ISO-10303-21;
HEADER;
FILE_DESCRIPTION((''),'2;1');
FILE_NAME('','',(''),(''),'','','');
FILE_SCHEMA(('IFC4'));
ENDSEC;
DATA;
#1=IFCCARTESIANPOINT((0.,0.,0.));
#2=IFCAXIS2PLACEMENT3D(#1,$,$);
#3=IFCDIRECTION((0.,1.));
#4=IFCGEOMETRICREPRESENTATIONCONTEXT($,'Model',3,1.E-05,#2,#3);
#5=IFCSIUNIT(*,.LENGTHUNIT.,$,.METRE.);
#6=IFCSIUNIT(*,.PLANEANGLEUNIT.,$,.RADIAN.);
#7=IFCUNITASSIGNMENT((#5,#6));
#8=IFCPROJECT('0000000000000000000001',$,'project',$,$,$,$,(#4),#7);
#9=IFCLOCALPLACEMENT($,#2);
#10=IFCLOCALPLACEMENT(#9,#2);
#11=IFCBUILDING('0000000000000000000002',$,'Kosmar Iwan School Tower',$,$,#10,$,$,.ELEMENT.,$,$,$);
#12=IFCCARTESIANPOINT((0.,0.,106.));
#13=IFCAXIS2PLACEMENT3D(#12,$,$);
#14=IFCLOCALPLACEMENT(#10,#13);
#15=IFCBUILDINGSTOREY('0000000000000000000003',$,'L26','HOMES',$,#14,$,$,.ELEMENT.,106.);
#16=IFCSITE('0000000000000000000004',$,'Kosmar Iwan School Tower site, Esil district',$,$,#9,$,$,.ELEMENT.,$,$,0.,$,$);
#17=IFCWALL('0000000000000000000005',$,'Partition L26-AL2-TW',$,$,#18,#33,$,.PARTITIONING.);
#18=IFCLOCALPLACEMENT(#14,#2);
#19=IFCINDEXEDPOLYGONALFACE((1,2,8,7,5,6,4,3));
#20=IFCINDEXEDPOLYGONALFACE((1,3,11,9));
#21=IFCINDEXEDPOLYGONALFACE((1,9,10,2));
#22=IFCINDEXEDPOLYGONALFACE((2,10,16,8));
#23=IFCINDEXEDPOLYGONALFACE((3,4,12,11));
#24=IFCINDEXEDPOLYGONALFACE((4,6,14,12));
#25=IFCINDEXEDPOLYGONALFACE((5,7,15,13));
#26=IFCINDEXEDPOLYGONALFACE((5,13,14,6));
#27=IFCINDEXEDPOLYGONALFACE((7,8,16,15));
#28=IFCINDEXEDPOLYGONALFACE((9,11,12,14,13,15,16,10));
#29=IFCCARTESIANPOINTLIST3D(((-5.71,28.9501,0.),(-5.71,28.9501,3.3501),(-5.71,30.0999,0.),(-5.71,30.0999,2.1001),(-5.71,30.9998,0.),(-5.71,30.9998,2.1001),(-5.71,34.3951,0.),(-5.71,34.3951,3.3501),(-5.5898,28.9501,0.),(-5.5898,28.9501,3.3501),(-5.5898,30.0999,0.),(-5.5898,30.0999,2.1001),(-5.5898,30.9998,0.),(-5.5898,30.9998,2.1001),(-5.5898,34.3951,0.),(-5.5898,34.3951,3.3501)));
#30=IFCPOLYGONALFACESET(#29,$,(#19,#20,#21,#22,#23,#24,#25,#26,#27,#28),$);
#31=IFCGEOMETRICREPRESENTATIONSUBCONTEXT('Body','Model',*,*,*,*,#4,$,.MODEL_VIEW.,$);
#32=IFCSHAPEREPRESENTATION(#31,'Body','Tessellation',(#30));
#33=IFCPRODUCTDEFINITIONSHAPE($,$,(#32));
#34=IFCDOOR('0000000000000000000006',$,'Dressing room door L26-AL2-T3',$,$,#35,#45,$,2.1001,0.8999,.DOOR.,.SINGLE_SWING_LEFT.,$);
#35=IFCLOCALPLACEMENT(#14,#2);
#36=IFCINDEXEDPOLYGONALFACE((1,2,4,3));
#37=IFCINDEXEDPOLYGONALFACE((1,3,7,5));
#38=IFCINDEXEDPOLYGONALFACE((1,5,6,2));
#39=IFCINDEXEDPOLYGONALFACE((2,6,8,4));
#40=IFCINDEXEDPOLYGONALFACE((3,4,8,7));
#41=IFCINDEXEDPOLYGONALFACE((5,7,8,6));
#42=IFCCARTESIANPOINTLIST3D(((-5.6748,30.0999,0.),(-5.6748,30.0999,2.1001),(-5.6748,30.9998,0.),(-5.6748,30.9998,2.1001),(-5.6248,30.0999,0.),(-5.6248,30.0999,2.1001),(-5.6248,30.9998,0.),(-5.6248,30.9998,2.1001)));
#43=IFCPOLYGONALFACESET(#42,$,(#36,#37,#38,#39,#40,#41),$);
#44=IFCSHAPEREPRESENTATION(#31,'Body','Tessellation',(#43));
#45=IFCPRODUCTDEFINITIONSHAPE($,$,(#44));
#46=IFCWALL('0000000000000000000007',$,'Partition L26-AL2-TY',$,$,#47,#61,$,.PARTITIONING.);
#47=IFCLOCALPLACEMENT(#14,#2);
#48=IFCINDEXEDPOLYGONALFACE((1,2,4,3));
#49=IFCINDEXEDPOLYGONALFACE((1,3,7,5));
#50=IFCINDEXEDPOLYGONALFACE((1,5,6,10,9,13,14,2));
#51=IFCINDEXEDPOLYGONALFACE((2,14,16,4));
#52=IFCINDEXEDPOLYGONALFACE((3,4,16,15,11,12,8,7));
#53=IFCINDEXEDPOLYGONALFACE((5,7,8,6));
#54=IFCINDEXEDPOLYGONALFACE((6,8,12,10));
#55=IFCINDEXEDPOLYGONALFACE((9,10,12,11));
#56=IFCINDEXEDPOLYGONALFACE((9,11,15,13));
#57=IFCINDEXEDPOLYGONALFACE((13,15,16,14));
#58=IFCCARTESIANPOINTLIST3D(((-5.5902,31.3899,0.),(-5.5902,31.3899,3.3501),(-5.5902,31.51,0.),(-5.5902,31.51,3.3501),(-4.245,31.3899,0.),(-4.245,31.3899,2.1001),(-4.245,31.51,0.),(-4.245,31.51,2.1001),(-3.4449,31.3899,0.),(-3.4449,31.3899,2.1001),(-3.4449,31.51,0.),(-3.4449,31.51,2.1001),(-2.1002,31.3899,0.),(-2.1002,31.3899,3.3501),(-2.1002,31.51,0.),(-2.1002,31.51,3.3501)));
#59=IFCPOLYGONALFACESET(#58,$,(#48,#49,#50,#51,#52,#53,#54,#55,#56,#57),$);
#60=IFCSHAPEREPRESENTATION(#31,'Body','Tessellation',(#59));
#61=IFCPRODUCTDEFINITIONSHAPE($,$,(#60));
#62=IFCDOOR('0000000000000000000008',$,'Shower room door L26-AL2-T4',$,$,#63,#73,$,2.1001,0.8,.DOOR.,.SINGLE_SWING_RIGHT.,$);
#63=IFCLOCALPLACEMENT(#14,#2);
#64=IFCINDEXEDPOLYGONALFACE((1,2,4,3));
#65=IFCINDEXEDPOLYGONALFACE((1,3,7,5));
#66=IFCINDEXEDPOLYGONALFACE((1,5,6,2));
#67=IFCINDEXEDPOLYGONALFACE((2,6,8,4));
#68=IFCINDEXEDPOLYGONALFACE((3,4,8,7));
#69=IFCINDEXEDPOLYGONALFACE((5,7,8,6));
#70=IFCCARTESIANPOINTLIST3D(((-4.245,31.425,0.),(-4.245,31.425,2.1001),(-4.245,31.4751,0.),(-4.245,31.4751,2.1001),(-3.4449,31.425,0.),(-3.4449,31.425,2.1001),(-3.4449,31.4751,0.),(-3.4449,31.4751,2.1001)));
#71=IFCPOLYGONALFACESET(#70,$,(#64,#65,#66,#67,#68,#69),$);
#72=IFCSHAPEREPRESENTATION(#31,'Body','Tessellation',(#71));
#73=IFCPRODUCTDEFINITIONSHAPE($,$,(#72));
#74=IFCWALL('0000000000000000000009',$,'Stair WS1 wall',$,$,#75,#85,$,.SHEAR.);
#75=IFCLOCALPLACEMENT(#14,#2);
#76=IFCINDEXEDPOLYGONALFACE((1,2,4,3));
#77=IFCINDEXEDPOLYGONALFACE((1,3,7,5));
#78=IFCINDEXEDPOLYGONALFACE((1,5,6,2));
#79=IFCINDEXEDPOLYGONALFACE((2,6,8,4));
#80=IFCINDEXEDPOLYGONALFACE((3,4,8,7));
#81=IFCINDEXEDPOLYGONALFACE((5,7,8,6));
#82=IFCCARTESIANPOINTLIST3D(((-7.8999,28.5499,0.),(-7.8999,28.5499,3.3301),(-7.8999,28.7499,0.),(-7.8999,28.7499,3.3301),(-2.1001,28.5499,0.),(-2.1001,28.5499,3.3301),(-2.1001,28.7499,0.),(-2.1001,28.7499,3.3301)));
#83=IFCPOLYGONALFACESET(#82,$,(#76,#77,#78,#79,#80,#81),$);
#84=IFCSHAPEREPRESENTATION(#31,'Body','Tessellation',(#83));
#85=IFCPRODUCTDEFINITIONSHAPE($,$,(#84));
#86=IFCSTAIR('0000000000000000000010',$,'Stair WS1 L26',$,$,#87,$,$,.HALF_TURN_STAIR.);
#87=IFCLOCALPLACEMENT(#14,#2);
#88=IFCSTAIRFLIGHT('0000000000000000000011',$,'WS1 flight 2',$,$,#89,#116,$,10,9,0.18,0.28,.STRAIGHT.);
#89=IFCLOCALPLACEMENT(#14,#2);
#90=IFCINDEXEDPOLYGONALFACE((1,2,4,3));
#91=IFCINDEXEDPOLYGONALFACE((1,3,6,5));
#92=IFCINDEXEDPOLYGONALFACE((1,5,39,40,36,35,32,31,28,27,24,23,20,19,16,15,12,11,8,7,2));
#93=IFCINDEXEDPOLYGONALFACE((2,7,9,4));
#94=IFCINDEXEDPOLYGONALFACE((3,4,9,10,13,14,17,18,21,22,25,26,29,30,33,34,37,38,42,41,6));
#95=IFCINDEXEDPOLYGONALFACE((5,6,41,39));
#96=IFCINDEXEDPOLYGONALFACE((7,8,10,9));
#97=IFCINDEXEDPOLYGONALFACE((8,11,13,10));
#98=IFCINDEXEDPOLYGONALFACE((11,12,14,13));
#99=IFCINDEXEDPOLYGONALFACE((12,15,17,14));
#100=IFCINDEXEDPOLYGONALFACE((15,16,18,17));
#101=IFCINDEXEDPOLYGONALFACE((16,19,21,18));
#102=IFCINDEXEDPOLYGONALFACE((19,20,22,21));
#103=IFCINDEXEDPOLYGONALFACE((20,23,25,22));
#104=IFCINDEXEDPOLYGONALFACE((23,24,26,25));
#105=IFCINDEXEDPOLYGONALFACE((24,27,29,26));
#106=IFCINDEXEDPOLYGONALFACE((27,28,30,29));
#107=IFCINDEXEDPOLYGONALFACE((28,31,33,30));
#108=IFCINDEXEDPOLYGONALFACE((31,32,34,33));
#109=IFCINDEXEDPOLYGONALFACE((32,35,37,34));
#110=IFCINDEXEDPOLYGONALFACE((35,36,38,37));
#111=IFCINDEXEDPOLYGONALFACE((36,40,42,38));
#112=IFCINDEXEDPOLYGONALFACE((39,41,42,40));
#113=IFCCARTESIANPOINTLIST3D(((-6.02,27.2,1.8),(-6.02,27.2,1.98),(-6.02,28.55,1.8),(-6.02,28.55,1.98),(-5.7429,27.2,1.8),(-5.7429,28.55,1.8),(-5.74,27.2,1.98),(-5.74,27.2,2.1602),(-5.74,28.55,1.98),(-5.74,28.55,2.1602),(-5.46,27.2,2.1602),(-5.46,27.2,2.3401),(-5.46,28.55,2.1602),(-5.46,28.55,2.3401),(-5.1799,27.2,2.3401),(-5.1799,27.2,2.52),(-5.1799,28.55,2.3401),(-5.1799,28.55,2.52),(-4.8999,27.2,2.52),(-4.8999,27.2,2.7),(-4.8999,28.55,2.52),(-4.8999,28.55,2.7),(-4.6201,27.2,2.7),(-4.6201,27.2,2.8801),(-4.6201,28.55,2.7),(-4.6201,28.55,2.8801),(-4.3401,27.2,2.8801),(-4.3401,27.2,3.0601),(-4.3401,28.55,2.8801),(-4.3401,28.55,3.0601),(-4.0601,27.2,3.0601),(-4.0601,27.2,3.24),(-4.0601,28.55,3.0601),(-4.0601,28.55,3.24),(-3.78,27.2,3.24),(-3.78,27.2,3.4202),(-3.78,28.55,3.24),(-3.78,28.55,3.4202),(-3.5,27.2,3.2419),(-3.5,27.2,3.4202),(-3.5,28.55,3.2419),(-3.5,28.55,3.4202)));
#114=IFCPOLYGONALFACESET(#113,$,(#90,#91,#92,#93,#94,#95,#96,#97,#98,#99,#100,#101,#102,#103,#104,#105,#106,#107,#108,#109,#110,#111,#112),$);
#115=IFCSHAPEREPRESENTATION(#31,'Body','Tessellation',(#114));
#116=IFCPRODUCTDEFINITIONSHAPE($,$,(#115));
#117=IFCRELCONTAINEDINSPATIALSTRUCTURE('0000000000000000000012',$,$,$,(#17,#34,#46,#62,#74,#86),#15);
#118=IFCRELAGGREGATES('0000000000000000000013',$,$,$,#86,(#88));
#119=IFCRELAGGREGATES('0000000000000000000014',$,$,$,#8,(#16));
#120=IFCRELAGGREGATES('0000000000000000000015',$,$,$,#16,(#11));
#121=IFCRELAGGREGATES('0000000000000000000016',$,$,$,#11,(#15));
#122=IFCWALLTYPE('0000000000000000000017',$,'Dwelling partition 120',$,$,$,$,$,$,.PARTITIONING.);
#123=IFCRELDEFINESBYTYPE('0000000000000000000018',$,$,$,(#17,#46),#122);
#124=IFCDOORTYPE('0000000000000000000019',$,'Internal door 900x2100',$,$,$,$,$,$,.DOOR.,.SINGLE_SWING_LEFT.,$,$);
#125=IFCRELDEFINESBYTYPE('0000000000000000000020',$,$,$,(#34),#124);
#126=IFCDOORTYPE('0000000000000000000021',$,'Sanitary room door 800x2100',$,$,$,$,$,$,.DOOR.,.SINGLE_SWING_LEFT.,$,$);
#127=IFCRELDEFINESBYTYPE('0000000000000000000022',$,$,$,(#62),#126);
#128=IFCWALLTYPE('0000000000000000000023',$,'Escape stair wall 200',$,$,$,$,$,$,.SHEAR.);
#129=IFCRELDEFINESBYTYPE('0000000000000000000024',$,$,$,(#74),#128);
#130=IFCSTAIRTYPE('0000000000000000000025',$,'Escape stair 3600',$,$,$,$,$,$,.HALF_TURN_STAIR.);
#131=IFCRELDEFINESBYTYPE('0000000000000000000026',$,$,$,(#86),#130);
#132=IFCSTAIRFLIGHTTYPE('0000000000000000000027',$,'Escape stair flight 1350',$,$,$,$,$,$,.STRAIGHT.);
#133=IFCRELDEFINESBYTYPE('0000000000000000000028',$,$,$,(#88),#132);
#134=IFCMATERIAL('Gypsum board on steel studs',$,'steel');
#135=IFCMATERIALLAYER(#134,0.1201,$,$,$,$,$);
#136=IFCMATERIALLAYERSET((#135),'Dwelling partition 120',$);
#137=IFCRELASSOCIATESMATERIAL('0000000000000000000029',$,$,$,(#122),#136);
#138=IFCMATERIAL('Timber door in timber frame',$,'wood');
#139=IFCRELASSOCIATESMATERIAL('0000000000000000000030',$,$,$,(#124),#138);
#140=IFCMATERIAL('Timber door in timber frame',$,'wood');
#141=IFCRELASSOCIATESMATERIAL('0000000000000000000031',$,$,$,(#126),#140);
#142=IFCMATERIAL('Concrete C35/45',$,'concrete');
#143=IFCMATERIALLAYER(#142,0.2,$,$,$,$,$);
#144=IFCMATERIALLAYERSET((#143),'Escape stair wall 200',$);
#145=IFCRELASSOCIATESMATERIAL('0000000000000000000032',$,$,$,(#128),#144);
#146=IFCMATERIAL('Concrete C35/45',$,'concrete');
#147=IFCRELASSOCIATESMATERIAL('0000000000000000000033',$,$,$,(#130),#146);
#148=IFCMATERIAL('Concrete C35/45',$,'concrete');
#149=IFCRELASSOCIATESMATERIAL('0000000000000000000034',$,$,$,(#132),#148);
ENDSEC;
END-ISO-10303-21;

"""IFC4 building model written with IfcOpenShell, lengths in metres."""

from ifc_helpers import new_model, si_unit, direction, frame, frame_2d, origin, place, context, subcontext, project, spatial, polyline, rectangle, outline, extrude, material, layer, layer_set, type_object, element, fill, aggregate, save


model = new_model("IFC4")

# Units and contexts
model_context = context("Model", 3, precision=1e-05, world=origin(), true_north=direction((0.0, 1.0)))
body_context = subcontext(model_context, "Body", "Model", "MODEL_VIEW")
ifc_project = project(units=[si_unit("LENGTHUNIT", "METRE"), si_unit("PLANEANGLEUNIT", "RADIAN")], contexts=[model_context])

# Site, building, storey
site_placement = place(None, origin())
site = spatial("IfcSite", under=ifc_project, at=site_placement, Name="Kosmar Iwan School Tower site, Esil district", CompositionType="ELEMENT", RefElevation=0.0)
building_placement = place(site_placement, origin())
building = spatial("IfcBuilding", under=site, at=building_placement, Name="Kosmar Iwan School Tower", CompositionType="ELEMENT")
storey_placement = place(building_placement, frame((0.0, 0.0, 106.0)))
storey = spatial("IfcBuildingStorey", under=building, at=storey_placement, Name="L26", Description="HOMES", CompositionType="ELEMENT", Elevation=106.0)

# Walls, openings, doors
ifc_material_1 = material(Name="Gypsum board on steel studs", Category="steel")
ifc_layer_1 = layer(ifc_material_1, 0.1201)
ifc_layer_set_1 = layer_set([ifc_layer_1], Name="Dwelling partition 120")
wall_type_1 = type_object("IfcWallType", Name="Dwelling partition 120", PredefinedType="PARTITIONING", material=ifc_layer_set_1)
ifc_material_2 = material(Name="Timber door in timber frame", Category="wood")
door_type_1 = type_object("IfcDoorType", Name="Internal door 900x2100", OperationType="SINGLE_SWING_LEFT", PredefinedType="DOOR", material=ifc_material_2)
wall_1_placement = place(storey_placement, frame((-5.6499, 28.95, 0.0), z_axis=(0.0, 0.0, 1.0), x_axis=(0.0, 1.0, 0.0)))
wall_1 = element("IfcWall", 1, at=wall_1_placement, inside=storey, type_object=wall_type_1, Name="Partition L26-AL2-TW", PredefinedType="PARTITIONING", context=body_context, shape_type="SweptSolid", body=[
    extrude(rectangle(XDim=5.4451, YDim=0.1201, at=frame_2d((2.7227, 0.0))), origin(), (0.0, 0.0, 1.0), 3.3501),
])
opening_1_placement = place(wall_1_placement, frame((1.1499, 0.0, 0.0)))
opening_1 = element("IfcOpeningElement", 2, at=opening_1_placement, cuts=wall_1, PredefinedType="OPENING", context=body_context, shape_type="SweptSolid", body=[
    extrude(rectangle(XDim=0.8999, YDim=2.1001, at=frame_2d((0.45, 1.05))), frame((0.0, 0.072, 0.0), z_axis=(0.0, -1.0, 0.0), x_axis=(1.0, 0.0, 0.0)), (0.0, 0.0, 1.0), 0.144),
])
door_1_placement = place(opening_1_placement, origin())
door_1 = element("IfcDoor", 3, at=door_1_placement, inside=storey, type_object=door_type_1, Name="Dressing room door L26-AL2-T3", OperationType="SINGLE_SWING_LEFT", OverallHeight=2.1001, OverallWidth=0.8999, PredefinedType="DOOR", context=body_context, shape_type="SweptSolid", body=[
    extrude(rectangle(XDim=0.8999, YDim=2.1001, at=frame_2d((0.45, 1.05))), frame((0.0, 0.0249, 0.0), z_axis=(0.0, -1.0, 0.0), x_axis=(1.0, 0.0, 0.0)), (0.0, 0.0, 1.0), 0.05),
])
fill(opening_1, door_1)
wall_2_placement = place(storey_placement, frame((-2.1001, 31.45, 0.0), z_axis=(0.0, 0.0, 1.0), x_axis=(-1.0, 0.0, 0.0)))
wall_2 = element("IfcWall", 4, at=wall_2_placement, inside=storey, type_object=wall_type_1, Name="Partition L26-AL2-TY", PredefinedType="PARTITIONING", context=body_context, shape_type="SweptSolid", body=[
    extrude(rectangle(XDim=3.49, YDim=0.1201, at=frame_2d((1.7451, 0.0))), origin(), (0.0, 0.0, 1.0), 3.3501),
])
opening_2_placement = place(wall_2_placement, frame((1.345, 0.0, 0.0)))
opening_2 = element("IfcOpeningElement", 5, at=opening_2_placement, cuts=wall_2, PredefinedType="OPENING", context=body_context, shape_type="SweptSolid", body=[
    extrude(rectangle(XDim=0.8, YDim=2.1001, at=frame_2d((0.3999, 1.05))), frame((0.0, 0.072, 0.0), z_axis=(0.0, -1.0, 0.0), x_axis=(1.0, 0.0, 0.0)), (0.0, 0.0, 1.0), 0.144),
])
ifc_material_3 = material(Name="Timber door in timber frame", Category="wood")
door_type_2 = type_object("IfcDoorType", Name="Sanitary room door 800x2100", OperationType="SINGLE_SWING_LEFT", PredefinedType="DOOR", material=ifc_material_3)
door_2_placement = place(opening_2_placement, origin())
door_2 = element("IfcDoor", 6, at=door_2_placement, inside=storey, type_object=door_type_2, Name="Shower room door L26-AL2-T4", OperationType="SINGLE_SWING_RIGHT", OverallHeight=2.1001, OverallWidth=0.8, PredefinedType="DOOR", context=body_context, shape_type="SweptSolid", body=[
    extrude(rectangle(XDim=0.8, YDim=2.1001, at=frame_2d((0.3999, 1.05))), frame((0.0, 0.0249, 0.0), z_axis=(0.0, -1.0, 0.0), x_axis=(1.0, 0.0, 0.0)), (0.0, 0.0, 1.0), 0.05),
])
fill(opening_2, door_2)

# Wall
ifc_material_4 = material(Name="Concrete C35/45", Category="concrete")
ifc_layer_2 = layer(ifc_material_4, 0.2)
ifc_layer_set_2 = layer_set([ifc_layer_2], Name="Escape stair wall 200")
wall_type_2 = type_object("IfcWallType", Name="Escape stair wall 200", PredefinedType="SHEAR", material=ifc_layer_set_2)
wall_3_placement = place(storey_placement, frame((-2.1001, 28.6499, 0.0), z_axis=(0.0, 0.0, 1.0), x_axis=(-1.0, 0.0, 0.0)))
element("IfcWall", 7, at=wall_3_placement, inside=storey, type_object=wall_type_2, Name="Stair WS1 wall", PredefinedType="SHEAR", context=body_context, shape_type="SweptSolid", body=[
    extrude(rectangle(XDim=5.7998, YDim=0.2, at=frame_2d((2.8999, 0.0))), origin(), (0.0, 0.0, 1.0), 3.3301),
])

# Stair, stair flight
ifc_material_5 = material(Name="Concrete C35/45", Category="concrete")
stair_type = type_object("IfcStairType", Name="Escape stair 3600", PredefinedType="HALF_TURN_STAIR", material=ifc_material_5)
stair_placement = place(storey_placement, origin())
stair = element("IfcStair", 8, at=stair_placement, inside=storey, type_object=stair_type, Name="Stair WS1 L26", PredefinedType="HALF_TURN_STAIR")
ifc_material_6 = material(Name="Concrete C35/45", Category="concrete")
stair_flight_type = type_object("IfcStairFlightType", Name="Escape stair flight 1350", PredefinedType="STRAIGHT", material=ifc_material_6)
stair_flight_placement = place(storey_placement, frame((-6.02, 27.875, 1.8), z_axis=(0.0, 0.0, 1.0), x_axis=(1.0, 0.0, 0.0)))
stair_flight = element("IfcStairFlight", 9, at=stair_flight_placement, type_object=stair_flight_type, Name="WS1 flight 2", NumberOfRisers=10, NumberOfTreads=9, PredefinedType="STRAIGHT", RiserHeight=0.18, TreadLength=0.28, context=body_context, shape_type="SweptSolid", body=[
    extrude(outline(polyline([(0.0, 0.0), (0.0, 0.1799), (0.28, 0.1799), (0.28, 0.3601), (0.5601, 0.3601), (0.5601, 0.54), (0.8401, 0.54), (0.8401, 0.72), (1.1201, 0.72), (1.1201, 0.8999), (1.3999, 0.8999), (1.3999, 1.0801), (1.6799, 1.0801), (1.6799, 1.26), (1.96, 1.26), (1.96, 1.4399), (2.24, 1.4399), (2.24, 1.6201), (2.52, 1.6201), (2.52, 1.8), (2.52, 1.4419), (0.2771, 0.0), (0.0, 0.0)])), frame((0.0, 0.675, 0.0), z_axis=(0.0, -1.0, 0.0), x_axis=(1.0, 0.0, 0.0)), (0.0, 0.0, 1.0), 1.3501),
])
aggregate(stair, [stair_flight])

save(model, "model.ifc")
